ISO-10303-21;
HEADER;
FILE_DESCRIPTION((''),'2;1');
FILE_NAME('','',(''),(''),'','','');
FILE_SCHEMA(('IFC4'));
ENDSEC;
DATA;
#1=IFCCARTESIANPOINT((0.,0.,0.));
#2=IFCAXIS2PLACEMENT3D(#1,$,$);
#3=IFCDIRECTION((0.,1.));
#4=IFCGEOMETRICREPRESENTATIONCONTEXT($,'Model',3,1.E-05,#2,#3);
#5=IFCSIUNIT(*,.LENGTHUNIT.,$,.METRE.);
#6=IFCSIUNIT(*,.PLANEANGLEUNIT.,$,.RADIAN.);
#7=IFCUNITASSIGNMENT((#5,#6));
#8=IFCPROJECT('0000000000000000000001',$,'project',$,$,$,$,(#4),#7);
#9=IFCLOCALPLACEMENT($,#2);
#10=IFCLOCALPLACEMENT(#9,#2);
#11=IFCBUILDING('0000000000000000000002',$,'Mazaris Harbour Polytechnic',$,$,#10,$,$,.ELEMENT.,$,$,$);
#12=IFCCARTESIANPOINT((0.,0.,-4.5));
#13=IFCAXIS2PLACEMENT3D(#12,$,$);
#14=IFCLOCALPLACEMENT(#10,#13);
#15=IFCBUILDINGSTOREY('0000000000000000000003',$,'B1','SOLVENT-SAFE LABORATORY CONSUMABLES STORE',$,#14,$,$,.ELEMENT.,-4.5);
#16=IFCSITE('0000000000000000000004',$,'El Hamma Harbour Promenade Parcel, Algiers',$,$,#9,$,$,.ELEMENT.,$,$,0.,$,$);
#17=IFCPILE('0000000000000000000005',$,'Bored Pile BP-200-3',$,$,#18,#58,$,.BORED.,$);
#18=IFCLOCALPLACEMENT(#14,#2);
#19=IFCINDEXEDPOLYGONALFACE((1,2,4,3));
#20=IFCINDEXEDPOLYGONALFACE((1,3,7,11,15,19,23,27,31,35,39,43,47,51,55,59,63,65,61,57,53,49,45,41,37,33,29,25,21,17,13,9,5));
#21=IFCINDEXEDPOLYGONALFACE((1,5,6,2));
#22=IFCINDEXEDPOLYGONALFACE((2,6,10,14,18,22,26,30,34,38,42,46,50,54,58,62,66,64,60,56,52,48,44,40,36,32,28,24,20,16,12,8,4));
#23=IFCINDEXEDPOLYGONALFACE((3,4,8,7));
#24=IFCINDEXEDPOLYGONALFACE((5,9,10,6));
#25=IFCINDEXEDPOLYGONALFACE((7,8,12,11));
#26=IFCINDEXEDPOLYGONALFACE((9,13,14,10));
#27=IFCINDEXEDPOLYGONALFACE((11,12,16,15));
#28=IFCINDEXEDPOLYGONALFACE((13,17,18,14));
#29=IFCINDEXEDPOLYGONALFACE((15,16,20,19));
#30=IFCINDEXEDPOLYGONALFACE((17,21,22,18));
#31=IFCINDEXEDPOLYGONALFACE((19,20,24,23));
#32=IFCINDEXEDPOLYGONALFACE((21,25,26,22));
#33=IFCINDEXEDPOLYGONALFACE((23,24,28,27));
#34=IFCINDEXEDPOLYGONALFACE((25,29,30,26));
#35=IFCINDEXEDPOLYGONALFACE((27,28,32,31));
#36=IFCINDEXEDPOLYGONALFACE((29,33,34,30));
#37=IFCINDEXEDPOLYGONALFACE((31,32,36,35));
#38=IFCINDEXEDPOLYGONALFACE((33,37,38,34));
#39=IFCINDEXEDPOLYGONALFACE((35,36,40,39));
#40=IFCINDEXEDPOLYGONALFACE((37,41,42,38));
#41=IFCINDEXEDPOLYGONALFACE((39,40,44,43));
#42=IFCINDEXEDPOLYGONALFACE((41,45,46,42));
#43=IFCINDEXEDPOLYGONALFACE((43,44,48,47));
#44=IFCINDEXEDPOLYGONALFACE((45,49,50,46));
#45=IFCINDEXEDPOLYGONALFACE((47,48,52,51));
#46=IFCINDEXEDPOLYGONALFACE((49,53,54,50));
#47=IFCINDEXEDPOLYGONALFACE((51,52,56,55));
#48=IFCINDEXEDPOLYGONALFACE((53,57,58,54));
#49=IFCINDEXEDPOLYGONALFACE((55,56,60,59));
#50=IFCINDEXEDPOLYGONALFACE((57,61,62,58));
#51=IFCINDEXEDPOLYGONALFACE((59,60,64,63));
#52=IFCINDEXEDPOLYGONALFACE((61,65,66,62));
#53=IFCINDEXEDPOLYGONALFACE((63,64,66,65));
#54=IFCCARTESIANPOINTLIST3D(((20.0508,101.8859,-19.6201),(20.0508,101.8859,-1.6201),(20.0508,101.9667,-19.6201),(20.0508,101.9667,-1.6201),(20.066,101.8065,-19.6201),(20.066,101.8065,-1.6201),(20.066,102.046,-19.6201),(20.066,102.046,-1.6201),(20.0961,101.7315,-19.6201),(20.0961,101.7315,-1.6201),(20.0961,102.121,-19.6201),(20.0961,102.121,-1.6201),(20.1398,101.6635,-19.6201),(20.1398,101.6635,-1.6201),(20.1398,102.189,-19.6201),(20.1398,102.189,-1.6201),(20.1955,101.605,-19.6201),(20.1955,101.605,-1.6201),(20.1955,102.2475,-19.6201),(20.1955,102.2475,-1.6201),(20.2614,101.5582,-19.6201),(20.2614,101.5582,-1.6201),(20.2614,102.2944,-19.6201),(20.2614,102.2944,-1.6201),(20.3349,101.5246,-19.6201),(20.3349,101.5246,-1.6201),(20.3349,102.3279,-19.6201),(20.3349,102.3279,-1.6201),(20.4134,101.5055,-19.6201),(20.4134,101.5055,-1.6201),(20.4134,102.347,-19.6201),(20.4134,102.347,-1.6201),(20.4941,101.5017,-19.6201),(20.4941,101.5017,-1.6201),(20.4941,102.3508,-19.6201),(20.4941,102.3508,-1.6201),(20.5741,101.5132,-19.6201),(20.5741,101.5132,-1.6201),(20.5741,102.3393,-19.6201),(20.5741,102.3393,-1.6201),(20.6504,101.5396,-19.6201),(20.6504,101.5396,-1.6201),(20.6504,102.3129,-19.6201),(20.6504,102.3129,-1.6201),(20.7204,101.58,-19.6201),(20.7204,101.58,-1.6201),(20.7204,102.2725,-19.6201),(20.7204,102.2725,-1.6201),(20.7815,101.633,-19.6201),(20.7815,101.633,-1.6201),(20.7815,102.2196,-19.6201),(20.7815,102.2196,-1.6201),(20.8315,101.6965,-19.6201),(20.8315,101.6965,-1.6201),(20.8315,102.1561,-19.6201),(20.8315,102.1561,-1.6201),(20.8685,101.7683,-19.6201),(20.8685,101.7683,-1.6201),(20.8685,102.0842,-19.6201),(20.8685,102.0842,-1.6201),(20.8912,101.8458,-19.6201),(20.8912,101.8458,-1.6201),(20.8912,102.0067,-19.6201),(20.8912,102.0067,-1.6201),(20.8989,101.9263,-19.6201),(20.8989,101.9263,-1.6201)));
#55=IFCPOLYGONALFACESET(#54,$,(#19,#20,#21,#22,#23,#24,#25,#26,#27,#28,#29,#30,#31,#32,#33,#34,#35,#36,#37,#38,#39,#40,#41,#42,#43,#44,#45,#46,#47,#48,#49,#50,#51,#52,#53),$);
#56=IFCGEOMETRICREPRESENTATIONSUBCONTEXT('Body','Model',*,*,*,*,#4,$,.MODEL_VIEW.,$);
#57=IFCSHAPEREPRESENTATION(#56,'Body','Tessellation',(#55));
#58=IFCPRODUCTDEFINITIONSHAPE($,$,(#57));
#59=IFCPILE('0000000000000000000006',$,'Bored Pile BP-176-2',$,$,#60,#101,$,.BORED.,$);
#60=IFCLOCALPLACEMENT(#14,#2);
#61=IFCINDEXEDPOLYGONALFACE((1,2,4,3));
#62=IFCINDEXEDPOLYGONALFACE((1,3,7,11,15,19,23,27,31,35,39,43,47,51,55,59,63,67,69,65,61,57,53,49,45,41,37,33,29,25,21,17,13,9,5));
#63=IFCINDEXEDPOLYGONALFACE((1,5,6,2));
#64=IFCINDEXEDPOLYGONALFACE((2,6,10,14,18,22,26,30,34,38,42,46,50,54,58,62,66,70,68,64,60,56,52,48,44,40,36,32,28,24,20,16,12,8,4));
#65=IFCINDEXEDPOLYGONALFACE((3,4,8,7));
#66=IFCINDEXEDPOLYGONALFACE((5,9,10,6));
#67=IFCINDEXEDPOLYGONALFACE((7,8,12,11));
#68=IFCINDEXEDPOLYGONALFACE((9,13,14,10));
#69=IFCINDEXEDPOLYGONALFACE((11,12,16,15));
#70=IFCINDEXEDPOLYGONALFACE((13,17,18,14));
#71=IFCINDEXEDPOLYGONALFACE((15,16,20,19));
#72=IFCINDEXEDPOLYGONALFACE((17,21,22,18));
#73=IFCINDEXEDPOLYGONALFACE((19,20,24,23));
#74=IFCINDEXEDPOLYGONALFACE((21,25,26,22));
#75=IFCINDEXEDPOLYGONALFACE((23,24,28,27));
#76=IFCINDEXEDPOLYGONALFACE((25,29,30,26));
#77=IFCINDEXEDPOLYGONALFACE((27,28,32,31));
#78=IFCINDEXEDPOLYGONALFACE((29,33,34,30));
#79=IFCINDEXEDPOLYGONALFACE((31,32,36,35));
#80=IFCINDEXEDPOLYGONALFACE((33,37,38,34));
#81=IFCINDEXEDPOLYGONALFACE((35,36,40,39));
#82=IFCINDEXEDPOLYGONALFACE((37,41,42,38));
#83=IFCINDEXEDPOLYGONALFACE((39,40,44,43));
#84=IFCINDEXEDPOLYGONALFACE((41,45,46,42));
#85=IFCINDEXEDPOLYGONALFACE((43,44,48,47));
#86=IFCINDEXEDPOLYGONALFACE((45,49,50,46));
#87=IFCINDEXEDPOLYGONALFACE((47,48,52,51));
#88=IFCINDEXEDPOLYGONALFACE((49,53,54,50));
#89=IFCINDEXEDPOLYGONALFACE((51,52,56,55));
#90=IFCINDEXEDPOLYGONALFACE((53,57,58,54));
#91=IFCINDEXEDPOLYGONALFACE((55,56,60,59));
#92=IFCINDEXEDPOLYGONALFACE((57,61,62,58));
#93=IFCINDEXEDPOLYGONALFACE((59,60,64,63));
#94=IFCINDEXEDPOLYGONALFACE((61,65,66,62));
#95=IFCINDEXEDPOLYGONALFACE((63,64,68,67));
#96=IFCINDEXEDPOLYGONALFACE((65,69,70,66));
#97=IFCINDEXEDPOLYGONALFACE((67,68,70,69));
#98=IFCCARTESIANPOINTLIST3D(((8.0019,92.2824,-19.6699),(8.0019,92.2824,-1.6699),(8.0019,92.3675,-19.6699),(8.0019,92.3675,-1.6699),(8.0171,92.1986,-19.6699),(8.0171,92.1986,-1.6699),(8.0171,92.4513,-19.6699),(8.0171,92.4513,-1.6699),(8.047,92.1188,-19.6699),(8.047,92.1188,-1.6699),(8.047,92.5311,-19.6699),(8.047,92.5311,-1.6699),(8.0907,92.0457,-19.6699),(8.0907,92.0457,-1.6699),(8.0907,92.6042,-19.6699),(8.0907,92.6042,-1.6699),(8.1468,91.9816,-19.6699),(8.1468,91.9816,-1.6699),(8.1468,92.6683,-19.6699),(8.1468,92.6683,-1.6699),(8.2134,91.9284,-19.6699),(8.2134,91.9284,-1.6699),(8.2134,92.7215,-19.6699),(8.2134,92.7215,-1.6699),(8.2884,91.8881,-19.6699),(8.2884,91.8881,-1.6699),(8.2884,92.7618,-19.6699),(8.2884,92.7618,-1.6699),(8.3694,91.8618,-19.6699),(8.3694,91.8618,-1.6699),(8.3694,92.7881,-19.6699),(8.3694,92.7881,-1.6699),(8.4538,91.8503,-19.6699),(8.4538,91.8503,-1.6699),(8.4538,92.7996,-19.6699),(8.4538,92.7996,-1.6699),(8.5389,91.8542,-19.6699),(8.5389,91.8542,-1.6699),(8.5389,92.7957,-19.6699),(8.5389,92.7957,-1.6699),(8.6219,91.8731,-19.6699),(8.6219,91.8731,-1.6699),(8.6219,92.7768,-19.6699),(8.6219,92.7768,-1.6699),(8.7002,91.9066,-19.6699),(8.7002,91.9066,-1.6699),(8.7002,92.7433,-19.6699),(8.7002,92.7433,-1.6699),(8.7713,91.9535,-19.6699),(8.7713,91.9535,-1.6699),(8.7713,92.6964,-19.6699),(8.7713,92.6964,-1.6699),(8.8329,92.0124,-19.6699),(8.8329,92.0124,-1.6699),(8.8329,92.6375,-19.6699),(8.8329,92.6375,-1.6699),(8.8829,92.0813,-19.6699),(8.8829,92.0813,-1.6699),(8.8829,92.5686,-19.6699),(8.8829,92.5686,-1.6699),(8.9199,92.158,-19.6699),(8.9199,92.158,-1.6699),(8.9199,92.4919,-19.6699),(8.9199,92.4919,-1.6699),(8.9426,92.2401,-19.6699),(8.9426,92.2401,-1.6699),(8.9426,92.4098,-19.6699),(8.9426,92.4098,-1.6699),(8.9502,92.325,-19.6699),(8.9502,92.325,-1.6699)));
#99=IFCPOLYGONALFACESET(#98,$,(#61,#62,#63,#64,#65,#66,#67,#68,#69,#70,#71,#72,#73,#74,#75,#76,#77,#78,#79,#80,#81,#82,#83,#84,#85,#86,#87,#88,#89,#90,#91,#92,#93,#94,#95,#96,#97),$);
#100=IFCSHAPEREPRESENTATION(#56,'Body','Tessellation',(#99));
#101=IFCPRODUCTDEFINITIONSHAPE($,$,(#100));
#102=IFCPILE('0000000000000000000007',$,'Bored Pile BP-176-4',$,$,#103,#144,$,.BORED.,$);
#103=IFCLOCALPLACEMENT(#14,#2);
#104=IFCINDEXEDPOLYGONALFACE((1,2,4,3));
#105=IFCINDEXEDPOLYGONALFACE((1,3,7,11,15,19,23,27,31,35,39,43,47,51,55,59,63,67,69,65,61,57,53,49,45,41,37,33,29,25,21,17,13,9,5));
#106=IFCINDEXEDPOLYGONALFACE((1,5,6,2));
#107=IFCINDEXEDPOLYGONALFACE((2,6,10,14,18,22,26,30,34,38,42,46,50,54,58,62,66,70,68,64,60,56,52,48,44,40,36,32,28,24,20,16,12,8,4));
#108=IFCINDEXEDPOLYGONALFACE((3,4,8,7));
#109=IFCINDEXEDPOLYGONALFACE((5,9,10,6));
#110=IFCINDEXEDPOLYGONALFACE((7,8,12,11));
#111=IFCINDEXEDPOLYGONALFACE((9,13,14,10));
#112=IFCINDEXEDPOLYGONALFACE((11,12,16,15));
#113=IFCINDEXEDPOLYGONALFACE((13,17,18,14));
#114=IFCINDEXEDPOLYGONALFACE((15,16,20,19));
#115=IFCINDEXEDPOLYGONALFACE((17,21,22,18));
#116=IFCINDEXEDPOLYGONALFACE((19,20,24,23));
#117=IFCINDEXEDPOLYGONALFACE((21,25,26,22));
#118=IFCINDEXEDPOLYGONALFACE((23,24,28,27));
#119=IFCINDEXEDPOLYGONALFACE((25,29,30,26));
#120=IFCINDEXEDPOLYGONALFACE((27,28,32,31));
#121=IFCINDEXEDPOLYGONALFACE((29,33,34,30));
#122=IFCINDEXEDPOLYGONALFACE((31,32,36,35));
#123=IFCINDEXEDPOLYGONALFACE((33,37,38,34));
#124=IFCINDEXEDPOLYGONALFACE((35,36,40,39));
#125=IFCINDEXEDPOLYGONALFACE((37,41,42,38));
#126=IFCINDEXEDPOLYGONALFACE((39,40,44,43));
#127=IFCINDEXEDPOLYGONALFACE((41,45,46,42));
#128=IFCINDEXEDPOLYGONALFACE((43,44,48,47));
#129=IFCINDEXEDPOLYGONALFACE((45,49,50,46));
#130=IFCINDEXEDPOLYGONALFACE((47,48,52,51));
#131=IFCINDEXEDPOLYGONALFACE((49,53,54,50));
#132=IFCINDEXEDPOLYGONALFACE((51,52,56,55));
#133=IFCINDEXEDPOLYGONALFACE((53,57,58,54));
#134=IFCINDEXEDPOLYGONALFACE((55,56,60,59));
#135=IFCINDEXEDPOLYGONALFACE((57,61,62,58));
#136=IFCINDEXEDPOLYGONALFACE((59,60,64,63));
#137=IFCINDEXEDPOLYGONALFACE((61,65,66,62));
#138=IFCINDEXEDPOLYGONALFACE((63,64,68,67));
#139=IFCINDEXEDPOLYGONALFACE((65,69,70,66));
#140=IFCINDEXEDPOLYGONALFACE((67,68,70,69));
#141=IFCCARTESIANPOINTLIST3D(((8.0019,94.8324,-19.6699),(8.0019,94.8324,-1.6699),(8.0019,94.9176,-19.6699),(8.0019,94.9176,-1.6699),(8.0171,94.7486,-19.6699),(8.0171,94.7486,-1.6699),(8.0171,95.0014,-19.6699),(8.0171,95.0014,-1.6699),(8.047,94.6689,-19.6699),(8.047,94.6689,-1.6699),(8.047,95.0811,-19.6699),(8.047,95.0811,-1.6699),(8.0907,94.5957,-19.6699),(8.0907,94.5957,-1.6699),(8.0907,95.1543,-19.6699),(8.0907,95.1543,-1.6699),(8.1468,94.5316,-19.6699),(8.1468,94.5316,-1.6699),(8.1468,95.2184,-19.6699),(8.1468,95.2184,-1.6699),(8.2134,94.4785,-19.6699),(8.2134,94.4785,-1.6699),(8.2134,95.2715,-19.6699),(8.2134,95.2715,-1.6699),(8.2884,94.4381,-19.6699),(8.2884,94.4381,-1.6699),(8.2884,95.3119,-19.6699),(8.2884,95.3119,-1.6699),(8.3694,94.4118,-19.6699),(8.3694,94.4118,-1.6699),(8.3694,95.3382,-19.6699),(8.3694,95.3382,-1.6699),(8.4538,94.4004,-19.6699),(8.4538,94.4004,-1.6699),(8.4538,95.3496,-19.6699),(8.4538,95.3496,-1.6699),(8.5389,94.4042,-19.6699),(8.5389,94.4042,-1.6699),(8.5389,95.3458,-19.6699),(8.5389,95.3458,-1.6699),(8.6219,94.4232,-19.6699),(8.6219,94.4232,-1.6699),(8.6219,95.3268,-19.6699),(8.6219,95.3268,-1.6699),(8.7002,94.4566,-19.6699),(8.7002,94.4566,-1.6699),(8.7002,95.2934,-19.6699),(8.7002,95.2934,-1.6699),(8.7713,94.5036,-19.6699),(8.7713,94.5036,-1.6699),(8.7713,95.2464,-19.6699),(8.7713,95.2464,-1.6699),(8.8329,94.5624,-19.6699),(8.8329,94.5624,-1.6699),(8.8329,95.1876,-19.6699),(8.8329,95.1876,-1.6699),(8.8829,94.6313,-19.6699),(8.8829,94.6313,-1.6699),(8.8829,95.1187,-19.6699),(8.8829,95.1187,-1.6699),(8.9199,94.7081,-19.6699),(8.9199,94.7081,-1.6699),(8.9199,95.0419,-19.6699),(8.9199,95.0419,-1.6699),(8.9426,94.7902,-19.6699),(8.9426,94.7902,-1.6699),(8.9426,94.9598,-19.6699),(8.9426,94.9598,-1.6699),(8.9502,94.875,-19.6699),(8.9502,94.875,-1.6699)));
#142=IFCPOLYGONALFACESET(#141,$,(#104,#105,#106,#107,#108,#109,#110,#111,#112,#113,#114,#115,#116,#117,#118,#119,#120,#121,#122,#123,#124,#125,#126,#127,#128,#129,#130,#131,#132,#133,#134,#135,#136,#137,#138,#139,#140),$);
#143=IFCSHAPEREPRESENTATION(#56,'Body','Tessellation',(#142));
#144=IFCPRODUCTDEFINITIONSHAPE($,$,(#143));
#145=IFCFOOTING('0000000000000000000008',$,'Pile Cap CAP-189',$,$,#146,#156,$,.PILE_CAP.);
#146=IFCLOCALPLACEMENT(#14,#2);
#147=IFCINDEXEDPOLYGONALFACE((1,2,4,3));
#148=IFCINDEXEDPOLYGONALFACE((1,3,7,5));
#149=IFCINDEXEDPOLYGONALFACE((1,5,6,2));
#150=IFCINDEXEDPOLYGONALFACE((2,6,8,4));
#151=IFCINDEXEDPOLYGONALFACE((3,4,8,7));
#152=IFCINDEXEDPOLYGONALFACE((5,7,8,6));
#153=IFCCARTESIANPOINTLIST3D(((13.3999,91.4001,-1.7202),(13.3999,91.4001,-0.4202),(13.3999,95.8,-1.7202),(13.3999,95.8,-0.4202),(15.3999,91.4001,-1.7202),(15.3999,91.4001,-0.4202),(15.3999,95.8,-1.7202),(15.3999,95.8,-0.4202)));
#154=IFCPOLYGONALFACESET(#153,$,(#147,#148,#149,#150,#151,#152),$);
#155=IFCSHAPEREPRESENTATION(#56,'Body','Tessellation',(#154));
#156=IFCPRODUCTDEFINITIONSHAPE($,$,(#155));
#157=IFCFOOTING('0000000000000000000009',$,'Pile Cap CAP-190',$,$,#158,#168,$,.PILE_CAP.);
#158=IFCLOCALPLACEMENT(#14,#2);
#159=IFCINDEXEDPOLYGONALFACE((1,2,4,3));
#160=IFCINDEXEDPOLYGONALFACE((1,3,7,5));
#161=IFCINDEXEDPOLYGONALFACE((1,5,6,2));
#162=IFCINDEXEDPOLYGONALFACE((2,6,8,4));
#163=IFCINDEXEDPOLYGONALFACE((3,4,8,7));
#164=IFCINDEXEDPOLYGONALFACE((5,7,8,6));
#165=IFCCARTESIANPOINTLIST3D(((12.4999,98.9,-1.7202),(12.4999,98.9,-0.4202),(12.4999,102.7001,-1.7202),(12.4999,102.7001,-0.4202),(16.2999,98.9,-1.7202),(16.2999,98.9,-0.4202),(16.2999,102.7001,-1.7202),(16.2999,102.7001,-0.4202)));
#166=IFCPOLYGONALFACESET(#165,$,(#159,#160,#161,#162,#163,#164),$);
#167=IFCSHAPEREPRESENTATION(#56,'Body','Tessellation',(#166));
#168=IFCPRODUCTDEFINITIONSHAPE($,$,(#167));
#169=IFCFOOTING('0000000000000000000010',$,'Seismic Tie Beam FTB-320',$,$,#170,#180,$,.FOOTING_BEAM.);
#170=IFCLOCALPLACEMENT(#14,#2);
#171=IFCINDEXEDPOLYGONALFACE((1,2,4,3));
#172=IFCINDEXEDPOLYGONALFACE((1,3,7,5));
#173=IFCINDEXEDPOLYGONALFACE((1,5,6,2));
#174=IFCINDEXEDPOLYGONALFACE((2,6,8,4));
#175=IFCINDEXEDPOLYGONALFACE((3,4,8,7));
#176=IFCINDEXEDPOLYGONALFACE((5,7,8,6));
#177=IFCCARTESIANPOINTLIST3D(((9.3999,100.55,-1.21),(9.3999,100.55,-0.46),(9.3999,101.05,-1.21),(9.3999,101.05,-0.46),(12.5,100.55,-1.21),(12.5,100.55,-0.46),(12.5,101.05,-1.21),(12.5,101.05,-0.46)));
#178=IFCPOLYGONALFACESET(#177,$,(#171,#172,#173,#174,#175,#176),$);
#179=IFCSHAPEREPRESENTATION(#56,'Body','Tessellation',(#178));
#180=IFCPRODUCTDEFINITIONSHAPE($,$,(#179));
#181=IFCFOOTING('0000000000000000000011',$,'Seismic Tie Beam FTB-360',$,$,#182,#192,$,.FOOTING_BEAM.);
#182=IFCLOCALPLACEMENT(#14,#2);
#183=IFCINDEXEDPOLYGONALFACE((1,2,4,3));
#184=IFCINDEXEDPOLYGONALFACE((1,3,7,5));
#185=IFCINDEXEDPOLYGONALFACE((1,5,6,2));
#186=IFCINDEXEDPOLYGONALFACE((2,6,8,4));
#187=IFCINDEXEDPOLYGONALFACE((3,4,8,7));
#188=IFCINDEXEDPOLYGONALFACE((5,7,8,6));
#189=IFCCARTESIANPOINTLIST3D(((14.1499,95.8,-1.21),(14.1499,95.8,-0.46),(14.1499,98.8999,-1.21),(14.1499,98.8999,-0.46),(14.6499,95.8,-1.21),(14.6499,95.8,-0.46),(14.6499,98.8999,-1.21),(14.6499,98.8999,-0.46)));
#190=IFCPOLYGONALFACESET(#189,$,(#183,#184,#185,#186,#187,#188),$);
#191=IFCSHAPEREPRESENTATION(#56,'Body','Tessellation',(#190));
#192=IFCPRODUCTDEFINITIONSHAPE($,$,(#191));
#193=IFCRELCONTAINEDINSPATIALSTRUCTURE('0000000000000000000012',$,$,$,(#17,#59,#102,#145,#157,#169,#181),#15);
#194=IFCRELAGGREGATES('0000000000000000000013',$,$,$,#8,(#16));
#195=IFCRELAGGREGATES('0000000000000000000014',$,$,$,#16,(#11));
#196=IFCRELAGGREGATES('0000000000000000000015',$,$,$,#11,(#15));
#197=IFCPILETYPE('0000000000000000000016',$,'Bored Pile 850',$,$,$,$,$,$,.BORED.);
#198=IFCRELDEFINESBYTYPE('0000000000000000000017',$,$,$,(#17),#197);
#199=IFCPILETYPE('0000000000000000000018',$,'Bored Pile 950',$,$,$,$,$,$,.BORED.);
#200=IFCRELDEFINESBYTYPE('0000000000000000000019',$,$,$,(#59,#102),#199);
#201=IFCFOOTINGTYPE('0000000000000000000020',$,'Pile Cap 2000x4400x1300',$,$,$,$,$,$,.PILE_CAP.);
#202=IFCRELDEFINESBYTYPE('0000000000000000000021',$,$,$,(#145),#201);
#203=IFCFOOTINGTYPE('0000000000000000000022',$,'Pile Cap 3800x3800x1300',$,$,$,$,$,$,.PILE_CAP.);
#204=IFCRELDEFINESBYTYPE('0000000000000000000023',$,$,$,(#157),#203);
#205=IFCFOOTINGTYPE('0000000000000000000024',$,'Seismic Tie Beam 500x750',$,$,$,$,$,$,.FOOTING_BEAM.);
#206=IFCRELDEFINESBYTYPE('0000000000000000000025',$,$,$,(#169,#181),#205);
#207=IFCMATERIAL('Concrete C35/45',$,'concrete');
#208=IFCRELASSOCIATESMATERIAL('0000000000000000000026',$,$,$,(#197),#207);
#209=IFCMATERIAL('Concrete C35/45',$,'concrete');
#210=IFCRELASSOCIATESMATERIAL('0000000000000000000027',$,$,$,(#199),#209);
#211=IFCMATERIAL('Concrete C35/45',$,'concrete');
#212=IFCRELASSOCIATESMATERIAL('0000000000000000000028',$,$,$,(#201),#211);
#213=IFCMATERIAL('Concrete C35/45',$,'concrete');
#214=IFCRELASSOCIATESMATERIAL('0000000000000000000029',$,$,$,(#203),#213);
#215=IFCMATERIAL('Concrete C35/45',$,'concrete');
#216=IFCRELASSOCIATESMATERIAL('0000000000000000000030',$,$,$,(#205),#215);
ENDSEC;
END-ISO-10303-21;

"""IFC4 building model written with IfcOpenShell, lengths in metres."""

from ifc_helpers import new_model, si_unit, direction, frame, origin, origin_2d, place, context, subcontext, project, spatial, rectangle, circle, extrude, material, material_profile, profile_set, type_object, element, save


model = new_model("IFC4")

# Units and contexts
model_context = context("Model", 3, precision=1e-05, world=origin(), true_north=direction((0.0, 1.0)))
body_context = subcontext(model_context, "Body", "Model", "MODEL_VIEW")
ifc_project = project(units=[si_unit("LENGTHUNIT", "METRE"), si_unit("PLANEANGLEUNIT", "RADIAN")], contexts=[model_context])

# Site, building, storey
site_placement = place(None, origin())
site = spatial("IfcSite", under=ifc_project, at=site_placement, Name="El Hamma Harbour Promenade Parcel, Algiers", CompositionType="ELEMENT", RefElevation=0.0)
building_placement = place(site_placement, origin())
building = spatial("IfcBuilding", under=site, at=building_placement, Name="Mazaris Harbour Polytechnic", CompositionType="ELEMENT")
storey_placement = place(building_placement, frame((0.0, 0.0, -4.5)))
storey = spatial("IfcBuildingStorey", under=building, at=storey_placement, Name="B1", Description="SOLVENT-SAFE LABORATORY CONSUMABLES STORE", CompositionType="ELEMENT", Elevation=-4.5)

# Piles
ifc_material_1 = material(Name="Concrete C35/45", Category="concrete")
ifc_material_profile_1 = material_profile(ifc_material_1, circle(Radius=0.425, at=origin_2d()), Name="DIA850")
ifc_profile_set_1 = profile_set([ifc_material_profile_1], Name="Concrete C35/45")
pile_type_1 = type_object("IfcPileType", Name="Bored Pile 850", PredefinedType="BORED", material=ifc_profile_set_1)
for number, where, z_axis, x_axis, name in (
    (1, (20.4739, 101.9263, -1.6201), (0.0, 0.0, -1.0), (1.0, 0.0, 0.0), "Bored Pile BP-200-3"),
):
    element("IfcPile", number, at=place(storey_placement, frame(where, z_axis=z_axis, x_axis=x_axis)), inside=storey, type_object=pile_type_1, Name=name, PredefinedType="BORED", context=body_context, shape_type="SweptSolid", body=[
        extrude(circle(Radius=0.425, at=origin_2d()), origin(), (0.0, 0.0, 1.0), 18.0),
    ])
ifc_material_2 = material(Name="Concrete C35/45", Category="concrete")
ifc_material_profile_2 = material_profile(ifc_material_2, circle(Radius=0.4751, at=origin_2d()), Name="DIA950")
ifc_profile_set_2 = profile_set([ifc_material_profile_2], Name="Concrete C35/45")
pile_type_2 = type_object("IfcPileType", Name="Bored Pile 950", PredefinedType="BORED", material=ifc_profile_set_2)
for number, where, z_axis, x_axis, name in (
    (2, (8.4751, 92.325, -1.6699), (0.0, 0.0, -1.0), (1.0, 0.0, 0.0), "Bored Pile BP-176-2"),
    (3, (8.4751, 94.875, -1.6699), (0.0, 0.0, -1.0), (1.0, 0.0, 0.0), "Bored Pile BP-176-4"),
):
    element("IfcPile", number, at=place(storey_placement, frame(where, z_axis=z_axis, x_axis=x_axis)), inside=storey, type_object=pile_type_2, Name=name, PredefinedType="BORED", context=body_context, shape_type="SweptSolid", body=[
        extrude(circle(Radius=0.4751, at=origin_2d()), origin(), (0.0, 0.0, 1.0), 18.0),
    ])

# Footings
ifc_material_3 = material(Name="Concrete C35/45", Category="concrete")
footing_type_1 = type_object("IfcFootingType", Name="Pile Cap 2000x4400x1300", PredefinedType="PILE_CAP", material=ifc_material_3)
footing_1_placement = place(storey_placement, frame((14.3999, 93.6001, -1.7202), z_axis=(0.0, 0.0, 1.0), x_axis=(1.0, 0.0, 0.0)))
element("IfcFooting", 4, at=footing_1_placement, inside=storey, type_object=footing_type_1, Name="Pile Cap CAP-189", PredefinedType="PILE_CAP", context=body_context, shape_type="SweptSolid", body=[
    extrude(rectangle(XDim=2.0, YDim=4.3999, at=origin_2d()), origin(), (0.0, 0.0, 1.0), 1.3),
])
ifc_material_4 = material(Name="Concrete C35/45", Category="concrete")
footing_type_2 = type_object("IfcFootingType", Name="Pile Cap 3800x3800x1300", PredefinedType="PILE_CAP", material=ifc_material_4)
footing_2_placement = place(storey_placement, frame((14.3999, 100.8, -1.7202), z_axis=(0.0, 0.0, 1.0), x_axis=(1.0, 0.0, 0.0)))
element("IfcFooting", 5, at=footing_2_placement, inside=storey, type_object=footing_type_2, Name="Pile Cap CAP-190", PredefinedType="PILE_CAP", context=body_context, shape_type="SweptSolid", body=[
    extrude(rectangle(XDim=3.8, YDim=3.8, at=origin_2d()), origin(), (0.0, 0.0, 1.0), 1.3),
])
ifc_material_5 = material(Name="Concrete C35/45", Category="concrete")
ifc_material_profile_3 = material_profile(ifc_material_5, rectangle(XDim=0.5, YDim=0.75, at=origin_2d()), Name="RECT500x750")
ifc_profile_set_3 = profile_set([ifc_material_profile_3], Name="Concrete C35/45")
footing_type_3 = type_object("IfcFootingType", Name="Seismic Tie Beam 500x750", PredefinedType="FOOTING_BEAM", material=ifc_profile_set_3)
footing_3_placement = place(storey_placement, frame((9.3999, 100.8, -0.835), z_axis=(1.0, 0.0, 0.0), x_axis=(0.0, 1.0, 0.0)))
element("IfcFooting", 6, at=footing_3_placement, inside=storey, type_object=footing_type_3, Name="Seismic Tie Beam FTB-320", PredefinedType="FOOTING_BEAM", context=body_context, shape_type="SweptSolid", body=[
    extrude(rectangle(XDim=0.5, YDim=0.75, at=origin_2d()), origin(), (0.0, 0.0, 1.0), 3.1001),
])
footing_4_placement = place(storey_placement, frame((14.3999, 95.8, -0.835), z_axis=(0.0, 1.0, 0.0), x_axis=(-1.0, 0.0, 0.0)))
element("IfcFooting", 7, at=footing_4_placement, inside=storey, type_object=footing_type_3, Name="Seismic Tie Beam FTB-360", PredefinedType="FOOTING_BEAM", context=body_context, shape_type="SweptSolid", body=[
    extrude(rectangle(XDim=0.5, YDim=0.75, at=origin_2d()), origin(), (0.0, 0.0, 1.0), 3.0999),
])

save(model, "model.ifc")
